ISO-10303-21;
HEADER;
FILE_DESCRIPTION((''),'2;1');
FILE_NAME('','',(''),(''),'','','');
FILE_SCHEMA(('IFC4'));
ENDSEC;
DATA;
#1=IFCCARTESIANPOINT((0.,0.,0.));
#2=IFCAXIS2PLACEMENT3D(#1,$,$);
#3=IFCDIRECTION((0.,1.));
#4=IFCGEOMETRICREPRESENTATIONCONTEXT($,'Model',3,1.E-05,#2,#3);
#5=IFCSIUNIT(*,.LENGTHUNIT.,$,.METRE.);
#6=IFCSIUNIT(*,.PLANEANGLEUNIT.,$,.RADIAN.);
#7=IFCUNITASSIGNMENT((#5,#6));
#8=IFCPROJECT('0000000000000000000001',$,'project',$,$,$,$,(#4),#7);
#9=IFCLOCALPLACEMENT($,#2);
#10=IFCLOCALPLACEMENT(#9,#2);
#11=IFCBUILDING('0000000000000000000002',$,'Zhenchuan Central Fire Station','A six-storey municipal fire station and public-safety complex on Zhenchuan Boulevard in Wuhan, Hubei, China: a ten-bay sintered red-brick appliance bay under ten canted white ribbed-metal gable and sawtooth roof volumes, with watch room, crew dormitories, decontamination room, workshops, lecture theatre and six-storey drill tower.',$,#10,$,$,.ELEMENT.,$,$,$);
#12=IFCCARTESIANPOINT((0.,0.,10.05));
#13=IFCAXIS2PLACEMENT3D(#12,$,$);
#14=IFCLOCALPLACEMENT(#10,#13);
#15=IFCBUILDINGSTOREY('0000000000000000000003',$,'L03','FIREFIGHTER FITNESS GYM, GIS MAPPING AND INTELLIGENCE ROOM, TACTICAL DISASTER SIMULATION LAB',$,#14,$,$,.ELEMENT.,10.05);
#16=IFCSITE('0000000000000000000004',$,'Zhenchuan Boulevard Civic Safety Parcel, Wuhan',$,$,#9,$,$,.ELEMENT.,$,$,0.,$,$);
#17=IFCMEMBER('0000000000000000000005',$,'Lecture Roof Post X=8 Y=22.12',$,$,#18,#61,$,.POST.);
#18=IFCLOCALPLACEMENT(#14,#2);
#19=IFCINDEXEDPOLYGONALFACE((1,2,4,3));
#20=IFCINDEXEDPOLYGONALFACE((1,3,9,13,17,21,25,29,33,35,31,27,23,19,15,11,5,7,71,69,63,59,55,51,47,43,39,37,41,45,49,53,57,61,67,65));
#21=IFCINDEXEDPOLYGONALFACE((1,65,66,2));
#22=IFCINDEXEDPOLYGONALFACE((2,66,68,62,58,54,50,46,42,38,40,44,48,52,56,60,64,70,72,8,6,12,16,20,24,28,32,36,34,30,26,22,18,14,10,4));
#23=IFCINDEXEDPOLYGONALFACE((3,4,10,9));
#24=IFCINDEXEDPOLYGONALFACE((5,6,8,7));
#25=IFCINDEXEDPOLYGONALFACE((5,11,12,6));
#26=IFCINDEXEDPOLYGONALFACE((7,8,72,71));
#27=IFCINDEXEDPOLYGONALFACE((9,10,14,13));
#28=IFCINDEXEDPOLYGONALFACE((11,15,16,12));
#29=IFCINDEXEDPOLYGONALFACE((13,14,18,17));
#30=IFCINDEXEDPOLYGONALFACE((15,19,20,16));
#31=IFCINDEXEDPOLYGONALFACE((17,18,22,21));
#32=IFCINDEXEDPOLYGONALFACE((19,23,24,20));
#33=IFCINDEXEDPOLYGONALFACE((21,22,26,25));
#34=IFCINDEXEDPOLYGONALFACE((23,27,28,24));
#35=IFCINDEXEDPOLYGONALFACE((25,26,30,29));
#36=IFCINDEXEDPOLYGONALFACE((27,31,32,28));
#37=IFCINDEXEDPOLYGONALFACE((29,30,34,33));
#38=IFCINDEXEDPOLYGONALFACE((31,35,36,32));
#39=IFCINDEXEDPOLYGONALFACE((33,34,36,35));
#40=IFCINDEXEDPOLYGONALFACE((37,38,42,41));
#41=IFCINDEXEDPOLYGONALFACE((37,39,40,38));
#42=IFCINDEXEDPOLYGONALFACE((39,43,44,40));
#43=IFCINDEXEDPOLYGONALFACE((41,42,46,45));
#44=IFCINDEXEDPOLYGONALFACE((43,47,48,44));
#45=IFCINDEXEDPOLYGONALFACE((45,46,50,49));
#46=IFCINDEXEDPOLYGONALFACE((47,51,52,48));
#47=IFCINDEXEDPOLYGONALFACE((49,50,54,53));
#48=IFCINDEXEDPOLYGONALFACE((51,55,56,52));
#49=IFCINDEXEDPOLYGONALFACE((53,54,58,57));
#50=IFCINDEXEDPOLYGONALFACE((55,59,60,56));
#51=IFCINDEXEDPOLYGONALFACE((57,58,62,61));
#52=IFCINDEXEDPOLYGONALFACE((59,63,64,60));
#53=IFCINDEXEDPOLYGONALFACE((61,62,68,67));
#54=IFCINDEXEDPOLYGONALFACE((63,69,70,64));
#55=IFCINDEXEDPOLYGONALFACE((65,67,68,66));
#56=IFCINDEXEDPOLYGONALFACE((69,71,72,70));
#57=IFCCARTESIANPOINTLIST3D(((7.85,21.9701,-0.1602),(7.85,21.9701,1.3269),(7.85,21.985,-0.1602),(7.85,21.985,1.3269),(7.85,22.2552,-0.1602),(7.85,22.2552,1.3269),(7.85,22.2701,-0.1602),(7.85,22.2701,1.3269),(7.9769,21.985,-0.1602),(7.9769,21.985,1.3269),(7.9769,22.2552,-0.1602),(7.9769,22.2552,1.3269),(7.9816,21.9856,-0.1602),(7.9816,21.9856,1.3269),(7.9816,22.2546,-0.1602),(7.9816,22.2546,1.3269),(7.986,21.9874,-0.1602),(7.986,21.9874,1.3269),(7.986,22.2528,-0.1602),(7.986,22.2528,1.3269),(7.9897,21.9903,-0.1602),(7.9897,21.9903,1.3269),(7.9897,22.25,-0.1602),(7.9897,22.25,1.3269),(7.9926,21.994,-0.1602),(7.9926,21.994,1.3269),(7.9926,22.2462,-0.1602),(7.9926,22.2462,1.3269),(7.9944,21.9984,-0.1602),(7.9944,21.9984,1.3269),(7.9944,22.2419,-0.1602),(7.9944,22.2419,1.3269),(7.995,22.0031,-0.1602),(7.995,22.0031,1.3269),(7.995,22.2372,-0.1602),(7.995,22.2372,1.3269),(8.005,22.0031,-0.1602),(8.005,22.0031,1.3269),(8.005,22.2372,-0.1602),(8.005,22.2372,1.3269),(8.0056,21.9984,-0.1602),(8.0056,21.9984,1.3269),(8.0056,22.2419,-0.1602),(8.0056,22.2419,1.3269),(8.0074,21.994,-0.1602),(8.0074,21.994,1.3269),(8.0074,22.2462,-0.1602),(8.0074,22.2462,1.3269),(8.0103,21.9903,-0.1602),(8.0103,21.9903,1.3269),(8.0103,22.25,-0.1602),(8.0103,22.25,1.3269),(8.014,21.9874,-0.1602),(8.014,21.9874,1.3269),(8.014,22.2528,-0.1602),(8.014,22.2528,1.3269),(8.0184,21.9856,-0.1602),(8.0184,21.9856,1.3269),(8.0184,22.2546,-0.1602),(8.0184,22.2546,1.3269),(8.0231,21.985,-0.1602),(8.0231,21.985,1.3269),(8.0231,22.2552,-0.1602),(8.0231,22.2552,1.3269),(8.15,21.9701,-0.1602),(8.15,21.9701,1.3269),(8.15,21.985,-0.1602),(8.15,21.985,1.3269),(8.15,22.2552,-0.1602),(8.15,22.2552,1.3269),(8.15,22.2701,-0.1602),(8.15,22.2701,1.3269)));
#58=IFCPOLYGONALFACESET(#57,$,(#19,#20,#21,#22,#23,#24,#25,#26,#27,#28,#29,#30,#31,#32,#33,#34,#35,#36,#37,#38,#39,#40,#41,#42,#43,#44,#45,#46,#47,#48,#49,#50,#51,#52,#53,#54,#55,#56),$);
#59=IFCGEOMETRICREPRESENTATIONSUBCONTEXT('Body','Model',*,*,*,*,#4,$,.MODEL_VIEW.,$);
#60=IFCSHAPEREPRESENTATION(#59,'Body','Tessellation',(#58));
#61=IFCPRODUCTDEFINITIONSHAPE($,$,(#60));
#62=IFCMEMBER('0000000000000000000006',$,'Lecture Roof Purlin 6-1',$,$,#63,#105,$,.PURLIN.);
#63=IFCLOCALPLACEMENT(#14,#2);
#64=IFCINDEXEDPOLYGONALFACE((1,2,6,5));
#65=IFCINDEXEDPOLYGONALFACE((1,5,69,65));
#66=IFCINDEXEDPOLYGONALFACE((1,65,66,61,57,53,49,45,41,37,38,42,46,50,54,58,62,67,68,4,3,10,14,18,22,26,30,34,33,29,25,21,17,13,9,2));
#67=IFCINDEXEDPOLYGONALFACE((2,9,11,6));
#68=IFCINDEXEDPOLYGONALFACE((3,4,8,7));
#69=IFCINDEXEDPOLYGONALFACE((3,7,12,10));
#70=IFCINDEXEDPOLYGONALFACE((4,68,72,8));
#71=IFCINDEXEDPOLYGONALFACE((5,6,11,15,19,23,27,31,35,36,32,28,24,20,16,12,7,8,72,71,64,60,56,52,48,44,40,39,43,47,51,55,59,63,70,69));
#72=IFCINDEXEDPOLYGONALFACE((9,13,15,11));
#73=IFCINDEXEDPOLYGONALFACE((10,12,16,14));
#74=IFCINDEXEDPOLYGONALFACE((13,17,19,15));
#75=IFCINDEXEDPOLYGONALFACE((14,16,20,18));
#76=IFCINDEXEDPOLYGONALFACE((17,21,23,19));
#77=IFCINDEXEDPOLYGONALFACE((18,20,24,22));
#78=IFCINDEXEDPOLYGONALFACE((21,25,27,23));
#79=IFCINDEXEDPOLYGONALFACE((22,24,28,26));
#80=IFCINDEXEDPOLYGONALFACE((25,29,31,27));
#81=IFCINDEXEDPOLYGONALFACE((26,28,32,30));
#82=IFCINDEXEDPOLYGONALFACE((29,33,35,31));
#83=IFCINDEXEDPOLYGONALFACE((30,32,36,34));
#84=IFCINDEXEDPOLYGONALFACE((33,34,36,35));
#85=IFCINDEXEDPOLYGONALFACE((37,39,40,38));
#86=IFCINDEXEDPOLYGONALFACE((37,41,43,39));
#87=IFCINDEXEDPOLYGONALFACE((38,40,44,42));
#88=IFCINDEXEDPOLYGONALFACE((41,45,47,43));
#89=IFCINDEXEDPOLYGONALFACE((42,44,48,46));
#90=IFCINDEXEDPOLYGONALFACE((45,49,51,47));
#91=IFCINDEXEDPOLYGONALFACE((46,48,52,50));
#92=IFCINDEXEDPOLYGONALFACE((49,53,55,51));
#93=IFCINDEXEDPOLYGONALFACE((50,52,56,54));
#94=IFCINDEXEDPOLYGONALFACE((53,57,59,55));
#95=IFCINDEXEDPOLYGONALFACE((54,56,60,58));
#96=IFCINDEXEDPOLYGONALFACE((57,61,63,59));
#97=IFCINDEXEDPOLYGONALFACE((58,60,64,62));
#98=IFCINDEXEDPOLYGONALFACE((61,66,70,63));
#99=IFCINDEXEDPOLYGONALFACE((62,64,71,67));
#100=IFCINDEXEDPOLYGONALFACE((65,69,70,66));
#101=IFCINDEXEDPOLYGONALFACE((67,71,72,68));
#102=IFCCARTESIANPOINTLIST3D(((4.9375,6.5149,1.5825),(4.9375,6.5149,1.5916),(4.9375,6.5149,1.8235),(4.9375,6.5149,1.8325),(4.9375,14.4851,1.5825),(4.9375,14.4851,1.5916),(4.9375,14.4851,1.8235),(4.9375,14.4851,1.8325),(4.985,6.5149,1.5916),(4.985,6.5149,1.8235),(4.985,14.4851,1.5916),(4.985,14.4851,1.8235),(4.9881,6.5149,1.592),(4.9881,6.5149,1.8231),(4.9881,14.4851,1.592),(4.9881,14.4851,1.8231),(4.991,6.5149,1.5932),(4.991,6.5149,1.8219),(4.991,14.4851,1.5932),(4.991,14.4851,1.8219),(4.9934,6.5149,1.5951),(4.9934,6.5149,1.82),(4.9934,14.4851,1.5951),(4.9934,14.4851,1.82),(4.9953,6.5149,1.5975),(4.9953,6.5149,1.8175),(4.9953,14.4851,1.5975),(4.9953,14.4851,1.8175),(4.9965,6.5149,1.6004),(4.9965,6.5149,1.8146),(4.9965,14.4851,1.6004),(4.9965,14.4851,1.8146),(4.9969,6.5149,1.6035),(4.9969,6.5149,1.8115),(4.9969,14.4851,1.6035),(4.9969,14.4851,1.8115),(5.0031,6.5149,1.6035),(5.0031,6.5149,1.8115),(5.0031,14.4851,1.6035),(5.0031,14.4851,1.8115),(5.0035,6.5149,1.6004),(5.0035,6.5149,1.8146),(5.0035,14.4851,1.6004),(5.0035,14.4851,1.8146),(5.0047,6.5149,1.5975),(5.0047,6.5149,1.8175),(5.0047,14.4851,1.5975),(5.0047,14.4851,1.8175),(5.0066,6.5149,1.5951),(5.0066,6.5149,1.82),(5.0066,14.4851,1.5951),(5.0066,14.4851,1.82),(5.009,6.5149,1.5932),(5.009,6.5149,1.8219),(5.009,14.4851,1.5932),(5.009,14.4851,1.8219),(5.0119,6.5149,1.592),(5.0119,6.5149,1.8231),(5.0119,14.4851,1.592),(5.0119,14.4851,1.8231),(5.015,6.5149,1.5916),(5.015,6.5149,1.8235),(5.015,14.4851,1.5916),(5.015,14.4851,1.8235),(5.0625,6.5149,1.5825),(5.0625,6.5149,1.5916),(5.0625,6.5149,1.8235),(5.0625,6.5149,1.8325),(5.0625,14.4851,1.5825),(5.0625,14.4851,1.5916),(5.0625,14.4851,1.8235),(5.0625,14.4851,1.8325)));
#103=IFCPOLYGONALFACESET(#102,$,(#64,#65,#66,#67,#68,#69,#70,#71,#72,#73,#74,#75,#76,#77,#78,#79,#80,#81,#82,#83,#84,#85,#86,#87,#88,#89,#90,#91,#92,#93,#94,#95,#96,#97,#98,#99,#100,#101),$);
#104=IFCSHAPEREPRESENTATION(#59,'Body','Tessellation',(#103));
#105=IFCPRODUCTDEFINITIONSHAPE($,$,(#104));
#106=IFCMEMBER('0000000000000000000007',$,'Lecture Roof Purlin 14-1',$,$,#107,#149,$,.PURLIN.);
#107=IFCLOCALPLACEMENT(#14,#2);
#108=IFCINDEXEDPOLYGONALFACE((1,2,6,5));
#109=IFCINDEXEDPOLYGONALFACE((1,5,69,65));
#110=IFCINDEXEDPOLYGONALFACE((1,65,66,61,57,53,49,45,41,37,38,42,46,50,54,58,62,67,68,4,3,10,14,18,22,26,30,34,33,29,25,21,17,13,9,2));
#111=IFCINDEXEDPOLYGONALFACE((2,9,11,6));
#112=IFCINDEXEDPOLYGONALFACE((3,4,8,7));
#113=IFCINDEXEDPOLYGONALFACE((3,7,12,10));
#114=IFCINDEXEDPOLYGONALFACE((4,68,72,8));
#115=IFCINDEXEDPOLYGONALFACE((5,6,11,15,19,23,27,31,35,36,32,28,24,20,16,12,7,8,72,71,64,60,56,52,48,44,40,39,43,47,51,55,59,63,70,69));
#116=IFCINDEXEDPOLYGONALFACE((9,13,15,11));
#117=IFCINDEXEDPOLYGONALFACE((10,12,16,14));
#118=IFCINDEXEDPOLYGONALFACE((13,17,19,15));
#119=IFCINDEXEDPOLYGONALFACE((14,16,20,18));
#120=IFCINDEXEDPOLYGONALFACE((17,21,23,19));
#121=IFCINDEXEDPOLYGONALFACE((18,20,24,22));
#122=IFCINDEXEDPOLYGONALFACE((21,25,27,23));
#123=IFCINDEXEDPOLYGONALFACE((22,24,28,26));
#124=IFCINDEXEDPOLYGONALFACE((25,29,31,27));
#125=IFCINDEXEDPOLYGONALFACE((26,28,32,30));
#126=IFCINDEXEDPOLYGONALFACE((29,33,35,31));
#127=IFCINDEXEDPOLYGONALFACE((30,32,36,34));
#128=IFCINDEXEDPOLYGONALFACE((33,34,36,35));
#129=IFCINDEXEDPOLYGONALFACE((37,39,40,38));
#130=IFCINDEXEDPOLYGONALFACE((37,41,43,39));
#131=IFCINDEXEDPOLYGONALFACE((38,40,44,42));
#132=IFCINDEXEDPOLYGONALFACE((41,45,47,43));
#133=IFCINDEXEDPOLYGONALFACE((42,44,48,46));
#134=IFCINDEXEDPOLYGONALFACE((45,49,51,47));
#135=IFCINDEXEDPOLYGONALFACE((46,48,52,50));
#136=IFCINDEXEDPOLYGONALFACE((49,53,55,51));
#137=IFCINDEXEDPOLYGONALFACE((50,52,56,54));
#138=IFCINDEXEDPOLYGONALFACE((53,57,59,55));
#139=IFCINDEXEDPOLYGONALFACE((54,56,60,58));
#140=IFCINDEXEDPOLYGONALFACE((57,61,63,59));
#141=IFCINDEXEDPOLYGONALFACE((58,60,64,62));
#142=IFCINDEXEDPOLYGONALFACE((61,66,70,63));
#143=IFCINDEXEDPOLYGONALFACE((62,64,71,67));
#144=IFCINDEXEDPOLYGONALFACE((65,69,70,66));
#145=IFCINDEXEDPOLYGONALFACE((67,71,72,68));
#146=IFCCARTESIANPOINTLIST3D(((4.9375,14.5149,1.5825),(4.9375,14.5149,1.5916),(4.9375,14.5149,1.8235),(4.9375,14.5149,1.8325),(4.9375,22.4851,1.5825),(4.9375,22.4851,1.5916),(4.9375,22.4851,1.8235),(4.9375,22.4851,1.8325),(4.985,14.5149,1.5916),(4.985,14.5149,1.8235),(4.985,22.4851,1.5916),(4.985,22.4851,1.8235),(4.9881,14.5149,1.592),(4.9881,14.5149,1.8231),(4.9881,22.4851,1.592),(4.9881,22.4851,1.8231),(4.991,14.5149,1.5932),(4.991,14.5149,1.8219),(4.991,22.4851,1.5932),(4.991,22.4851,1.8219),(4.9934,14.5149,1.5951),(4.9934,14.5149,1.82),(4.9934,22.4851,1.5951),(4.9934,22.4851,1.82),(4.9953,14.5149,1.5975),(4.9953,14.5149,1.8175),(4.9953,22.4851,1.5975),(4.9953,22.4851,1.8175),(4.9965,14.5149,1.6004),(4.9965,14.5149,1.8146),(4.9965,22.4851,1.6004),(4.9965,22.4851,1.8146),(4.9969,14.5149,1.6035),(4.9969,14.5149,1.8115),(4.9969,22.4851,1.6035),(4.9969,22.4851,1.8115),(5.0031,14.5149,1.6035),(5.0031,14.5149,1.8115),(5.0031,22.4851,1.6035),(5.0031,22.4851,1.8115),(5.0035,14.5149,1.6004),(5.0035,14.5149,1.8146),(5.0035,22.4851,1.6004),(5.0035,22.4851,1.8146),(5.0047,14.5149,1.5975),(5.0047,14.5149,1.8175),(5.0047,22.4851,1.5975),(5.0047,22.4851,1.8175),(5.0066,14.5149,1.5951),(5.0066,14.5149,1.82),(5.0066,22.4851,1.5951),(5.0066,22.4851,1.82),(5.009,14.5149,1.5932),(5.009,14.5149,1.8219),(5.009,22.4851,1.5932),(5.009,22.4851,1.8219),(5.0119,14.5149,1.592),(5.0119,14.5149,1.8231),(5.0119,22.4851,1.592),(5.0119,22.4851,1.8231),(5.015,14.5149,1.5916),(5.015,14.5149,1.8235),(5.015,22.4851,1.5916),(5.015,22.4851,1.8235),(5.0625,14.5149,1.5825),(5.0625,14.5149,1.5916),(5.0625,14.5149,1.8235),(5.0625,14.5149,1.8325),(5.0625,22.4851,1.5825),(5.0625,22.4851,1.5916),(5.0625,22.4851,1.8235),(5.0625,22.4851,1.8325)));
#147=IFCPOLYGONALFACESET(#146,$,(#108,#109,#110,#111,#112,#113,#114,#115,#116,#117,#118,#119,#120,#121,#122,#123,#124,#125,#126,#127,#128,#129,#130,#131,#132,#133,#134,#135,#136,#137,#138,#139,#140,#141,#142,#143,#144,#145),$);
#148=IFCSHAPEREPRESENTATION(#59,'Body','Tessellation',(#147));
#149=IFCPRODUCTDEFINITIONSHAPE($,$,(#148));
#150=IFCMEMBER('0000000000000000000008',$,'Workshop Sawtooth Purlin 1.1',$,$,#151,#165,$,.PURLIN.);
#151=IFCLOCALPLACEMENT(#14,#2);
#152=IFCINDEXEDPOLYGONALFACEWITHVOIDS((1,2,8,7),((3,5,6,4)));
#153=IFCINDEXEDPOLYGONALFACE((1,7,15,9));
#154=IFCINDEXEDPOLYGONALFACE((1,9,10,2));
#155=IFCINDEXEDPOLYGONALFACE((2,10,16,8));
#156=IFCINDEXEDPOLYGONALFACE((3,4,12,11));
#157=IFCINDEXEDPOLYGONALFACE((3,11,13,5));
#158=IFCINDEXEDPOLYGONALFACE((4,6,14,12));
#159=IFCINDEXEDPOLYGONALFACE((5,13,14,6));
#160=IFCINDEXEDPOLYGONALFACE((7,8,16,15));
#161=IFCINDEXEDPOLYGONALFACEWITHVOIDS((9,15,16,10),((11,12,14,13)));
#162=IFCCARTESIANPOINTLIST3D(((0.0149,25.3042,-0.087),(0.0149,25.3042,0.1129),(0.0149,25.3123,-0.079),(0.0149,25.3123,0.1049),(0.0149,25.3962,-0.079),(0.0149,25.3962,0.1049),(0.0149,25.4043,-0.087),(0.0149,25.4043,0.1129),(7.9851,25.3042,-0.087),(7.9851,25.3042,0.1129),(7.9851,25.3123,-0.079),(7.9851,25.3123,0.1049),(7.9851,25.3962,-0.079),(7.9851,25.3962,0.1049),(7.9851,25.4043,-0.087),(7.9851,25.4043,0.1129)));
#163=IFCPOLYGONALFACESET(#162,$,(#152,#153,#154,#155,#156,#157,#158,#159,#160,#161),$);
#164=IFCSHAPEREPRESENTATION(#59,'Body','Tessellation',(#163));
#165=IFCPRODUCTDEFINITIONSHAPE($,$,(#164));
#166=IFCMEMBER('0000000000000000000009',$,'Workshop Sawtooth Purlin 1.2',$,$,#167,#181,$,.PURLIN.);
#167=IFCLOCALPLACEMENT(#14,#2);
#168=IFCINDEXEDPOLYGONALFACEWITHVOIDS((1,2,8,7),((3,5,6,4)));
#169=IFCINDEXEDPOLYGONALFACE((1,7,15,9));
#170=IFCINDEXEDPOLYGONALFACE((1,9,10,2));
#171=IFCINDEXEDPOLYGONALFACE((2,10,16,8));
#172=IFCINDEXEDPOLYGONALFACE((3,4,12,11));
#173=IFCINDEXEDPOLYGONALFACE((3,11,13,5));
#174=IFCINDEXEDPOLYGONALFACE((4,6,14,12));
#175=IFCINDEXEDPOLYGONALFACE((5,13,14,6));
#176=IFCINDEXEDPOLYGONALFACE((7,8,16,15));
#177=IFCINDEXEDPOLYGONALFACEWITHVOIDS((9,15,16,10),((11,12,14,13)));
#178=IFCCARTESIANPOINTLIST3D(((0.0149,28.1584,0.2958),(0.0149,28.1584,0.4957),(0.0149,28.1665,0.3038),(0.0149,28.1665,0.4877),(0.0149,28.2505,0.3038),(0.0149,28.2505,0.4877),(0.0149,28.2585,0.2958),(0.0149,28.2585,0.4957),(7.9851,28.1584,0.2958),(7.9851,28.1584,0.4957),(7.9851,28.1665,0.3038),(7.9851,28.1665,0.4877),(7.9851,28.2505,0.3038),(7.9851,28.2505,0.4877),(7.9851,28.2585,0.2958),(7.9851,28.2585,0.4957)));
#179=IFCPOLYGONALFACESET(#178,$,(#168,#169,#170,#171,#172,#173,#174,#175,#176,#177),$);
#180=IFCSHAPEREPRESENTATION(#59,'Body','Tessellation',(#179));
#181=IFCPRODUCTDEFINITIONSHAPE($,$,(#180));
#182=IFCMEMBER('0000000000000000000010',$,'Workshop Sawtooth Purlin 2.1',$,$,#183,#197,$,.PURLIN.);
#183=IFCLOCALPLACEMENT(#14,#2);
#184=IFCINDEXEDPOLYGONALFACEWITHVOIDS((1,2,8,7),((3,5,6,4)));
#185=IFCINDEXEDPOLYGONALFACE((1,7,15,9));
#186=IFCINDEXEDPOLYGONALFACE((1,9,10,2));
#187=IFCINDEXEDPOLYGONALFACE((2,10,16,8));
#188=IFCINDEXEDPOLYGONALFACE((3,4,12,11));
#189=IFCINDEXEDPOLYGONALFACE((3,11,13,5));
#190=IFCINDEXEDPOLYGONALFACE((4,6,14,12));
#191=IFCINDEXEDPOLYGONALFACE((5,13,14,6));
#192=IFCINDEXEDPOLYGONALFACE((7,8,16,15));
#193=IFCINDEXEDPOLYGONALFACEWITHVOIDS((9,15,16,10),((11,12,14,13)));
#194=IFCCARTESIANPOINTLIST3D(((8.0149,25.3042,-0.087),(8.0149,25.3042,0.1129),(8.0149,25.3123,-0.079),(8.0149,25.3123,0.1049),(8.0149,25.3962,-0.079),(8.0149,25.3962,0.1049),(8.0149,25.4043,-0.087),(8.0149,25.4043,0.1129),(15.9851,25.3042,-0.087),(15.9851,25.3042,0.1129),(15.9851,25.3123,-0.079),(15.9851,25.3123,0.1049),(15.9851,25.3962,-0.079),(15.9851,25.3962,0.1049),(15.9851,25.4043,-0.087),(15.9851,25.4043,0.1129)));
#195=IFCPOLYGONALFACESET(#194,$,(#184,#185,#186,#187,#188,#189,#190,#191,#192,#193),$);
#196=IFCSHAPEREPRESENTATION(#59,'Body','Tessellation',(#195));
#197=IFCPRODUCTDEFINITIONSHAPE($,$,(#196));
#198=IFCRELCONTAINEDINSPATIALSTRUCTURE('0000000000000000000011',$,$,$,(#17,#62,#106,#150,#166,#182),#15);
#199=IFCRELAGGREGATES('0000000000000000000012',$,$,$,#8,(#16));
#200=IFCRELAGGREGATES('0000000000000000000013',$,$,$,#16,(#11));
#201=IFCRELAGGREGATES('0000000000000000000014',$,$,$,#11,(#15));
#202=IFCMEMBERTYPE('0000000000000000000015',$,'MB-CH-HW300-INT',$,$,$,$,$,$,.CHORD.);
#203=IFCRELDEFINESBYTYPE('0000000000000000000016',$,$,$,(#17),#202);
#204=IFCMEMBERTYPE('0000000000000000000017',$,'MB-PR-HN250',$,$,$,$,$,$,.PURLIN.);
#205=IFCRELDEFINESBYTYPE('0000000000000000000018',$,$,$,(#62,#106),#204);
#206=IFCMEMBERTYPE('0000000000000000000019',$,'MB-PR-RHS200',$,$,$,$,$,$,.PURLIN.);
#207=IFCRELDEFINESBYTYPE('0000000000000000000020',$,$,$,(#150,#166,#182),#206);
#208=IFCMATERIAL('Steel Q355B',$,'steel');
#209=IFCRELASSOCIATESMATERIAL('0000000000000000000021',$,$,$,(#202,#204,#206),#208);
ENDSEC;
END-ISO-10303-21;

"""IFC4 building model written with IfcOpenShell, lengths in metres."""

from ifc_helpers import new_model, si_unit, direction, frame, origin, origin_2d, place, context, subcontext, project, spatial, hollow_rectangle, i_section, extrude, material, material_profile, profile_set, type_object, element, save


model = new_model("IFC4")

# Units and contexts
model_context = context("Model", 3, precision=1e-05, world=origin(), true_north=direction((0.0, 1.0)))
body_context = subcontext(model_context, "Body", "Model", "MODEL_VIEW")
ifc_project = project(units=[si_unit("LENGTHUNIT", "METRE"), si_unit("PLANEANGLEUNIT", "RADIAN")], contexts=[model_context])

# Site, building, storey
site_placement = place(None, origin())
site = spatial("IfcSite", under=ifc_project, at=site_placement, Name="Zhenchuan Boulevard Civic Safety Parcel, Wuhan", CompositionType="ELEMENT", RefElevation=0.0)
building_placement = place(site_placement, origin())
building = spatial("IfcBuilding", under=site, at=building_placement, Name="Zhenchuan Central Fire Station", Description="A six-storey municipal fire station and public-safety complex on Zhenchuan Boulevard in Wuhan, Hubei, China: a ten-bay sintered red-brick appliance bay under ten canted white ribbed-metal gable and sawtooth roof volumes, with watch room, crew dormitories, decontamination room, workshops, lecture theatre and six-storey drill tower.", CompositionType="ELEMENT")
storey_placement = place(building_placement, frame((0.0, 0.0, 10.05)))
storey = spatial("IfcBuildingStorey", under=building, at=storey_placement, Name="L03", Description="FIREFIGHTER FITNESS GYM, GIS MAPPING AND INTELLIGENCE ROOM, TACTICAL DISASTER SIMULATION LAB", CompositionType="ELEMENT", Elevation=10.05)

# Shared definitions
ifc_material_1 = material(Name="Steel Q355B", Category="steel")

# Members
ifc_material_profile_1 = material_profile(ifc_material_1, i_section(OverallWidth=0.3, OverallDepth=0.3, WebThickness=0.01, FlangeThickness=0.0149, FilletRadius=0.0181, at=origin_2d()), Name="HW 300x300")
ifc_profile_set_1 = profile_set([ifc_material_profile_1], Name="Steel Q355B")
member_type_1 = type_object("IfcMemberType", Name="MB-CH-HW300-INT", PredefinedType="CHORD", material=ifc_profile_set_1)
member_1_placement = place(storey_placement, frame((8.0, 22.1201, -0.1602), z_axis=(0.0, 0.0, 1.0), x_axis=(1.0, 0.0, 0.0)))
element("IfcMember", 1, at=member_1_placement, inside=storey, type_object=member_type_1, Name="Lecture Roof Post X=8 Y=22.12", PredefinedType="POST", context=body_context, shape_type="SweptSolid", body=[
    extrude(i_section(OverallWidth=0.3, OverallDepth=0.3, WebThickness=0.01, FlangeThickness=0.0149, FilletRadius=0.0181, at=origin_2d()), origin(), (0.0, 0.0, 1.0), 1.4871),
])
ifc_material_profile_2 = material_profile(ifc_material_1, i_section(OverallWidth=0.125, OverallDepth=0.25, WebThickness=0.0061, FlangeThickness=0.009, FilletRadius=0.012, at=origin_2d()), Name="HN 250x125")
ifc_profile_set_2 = profile_set([ifc_material_profile_2], Name="Steel Q355B")
member_type_2 = type_object("IfcMemberType", Name="MB-PR-HN250", PredefinedType="PURLIN", material=ifc_profile_set_2)
for number, where, z_axis, x_axis, name in (
    (2, (5.0, 6.5149, 1.7075), (0.0, 1.0, 0.0), (-1.0, 0.0, 0.0), "Lecture Roof Purlin 6-1"),
    (3, (5.0, 14.5149, 1.7075), (0.0, 1.0, 0.0), (-1.0, 0.0, 0.0), "Lecture Roof Purlin 14-1"),
):
    element("IfcMember", number, at=place(storey_placement, frame(where, z_axis=z_axis, x_axis=x_axis)), inside=storey, type_object=member_type_2, Name=name, PredefinedType="PURLIN", context=body_context, shape_type="SweptSolid", body=[
        extrude(i_section(OverallWidth=0.125, OverallDepth=0.25, WebThickness=0.0061, FlangeThickness=0.009, FilletRadius=0.012, at=origin_2d()), origin(), (0.0, 0.0, 1.0), 7.9702),
    ])
ifc_material_profile_3 = material_profile(ifc_material_1, hollow_rectangle(XDim=0.1001, YDim=0.2, WallThickness=0.0081, at=origin_2d()), Name="RHS 200x100x8")
ifc_profile_set_3 = profile_set([ifc_material_profile_3], Name="Steel Q355B")
member_type_3 = type_object("IfcMemberType", Name="MB-PR-RHS200", PredefinedType="PURLIN", material=ifc_profile_set_3)
for number, where, z_axis, x_axis, name in (
    (4, (0.0149, 25.3542, 0.0129), (1.0, 0.0, 0.0), (0.0, 1.0, 0.0), "Workshop Sawtooth Purlin 1.1"),
    (5, (0.0149, 28.2085, 0.3958), (1.0, 0.0, 0.0), (0.0, 1.0, 0.0), "Workshop Sawtooth Purlin 1.2"),
    (6, (8.0149, 25.3542, 0.0129), (1.0, 0.0, 0.0), (0.0, 1.0, 0.0), "Workshop Sawtooth Purlin 2.1"),
):
    element("IfcMember", number, at=place(storey_placement, frame(where, z_axis=z_axis, x_axis=x_axis)), inside=storey, type_object=member_type_3, Name=name, PredefinedType="PURLIN", context=body_context, shape_type="SweptSolid", body=[
        extrude(hollow_rectangle(XDim=0.1001, YDim=0.2, WallThickness=0.0081, at=origin_2d()), origin(), (0.0, 0.0, 1.0), 7.9702),
    ])

save(model, "model.ifc")
